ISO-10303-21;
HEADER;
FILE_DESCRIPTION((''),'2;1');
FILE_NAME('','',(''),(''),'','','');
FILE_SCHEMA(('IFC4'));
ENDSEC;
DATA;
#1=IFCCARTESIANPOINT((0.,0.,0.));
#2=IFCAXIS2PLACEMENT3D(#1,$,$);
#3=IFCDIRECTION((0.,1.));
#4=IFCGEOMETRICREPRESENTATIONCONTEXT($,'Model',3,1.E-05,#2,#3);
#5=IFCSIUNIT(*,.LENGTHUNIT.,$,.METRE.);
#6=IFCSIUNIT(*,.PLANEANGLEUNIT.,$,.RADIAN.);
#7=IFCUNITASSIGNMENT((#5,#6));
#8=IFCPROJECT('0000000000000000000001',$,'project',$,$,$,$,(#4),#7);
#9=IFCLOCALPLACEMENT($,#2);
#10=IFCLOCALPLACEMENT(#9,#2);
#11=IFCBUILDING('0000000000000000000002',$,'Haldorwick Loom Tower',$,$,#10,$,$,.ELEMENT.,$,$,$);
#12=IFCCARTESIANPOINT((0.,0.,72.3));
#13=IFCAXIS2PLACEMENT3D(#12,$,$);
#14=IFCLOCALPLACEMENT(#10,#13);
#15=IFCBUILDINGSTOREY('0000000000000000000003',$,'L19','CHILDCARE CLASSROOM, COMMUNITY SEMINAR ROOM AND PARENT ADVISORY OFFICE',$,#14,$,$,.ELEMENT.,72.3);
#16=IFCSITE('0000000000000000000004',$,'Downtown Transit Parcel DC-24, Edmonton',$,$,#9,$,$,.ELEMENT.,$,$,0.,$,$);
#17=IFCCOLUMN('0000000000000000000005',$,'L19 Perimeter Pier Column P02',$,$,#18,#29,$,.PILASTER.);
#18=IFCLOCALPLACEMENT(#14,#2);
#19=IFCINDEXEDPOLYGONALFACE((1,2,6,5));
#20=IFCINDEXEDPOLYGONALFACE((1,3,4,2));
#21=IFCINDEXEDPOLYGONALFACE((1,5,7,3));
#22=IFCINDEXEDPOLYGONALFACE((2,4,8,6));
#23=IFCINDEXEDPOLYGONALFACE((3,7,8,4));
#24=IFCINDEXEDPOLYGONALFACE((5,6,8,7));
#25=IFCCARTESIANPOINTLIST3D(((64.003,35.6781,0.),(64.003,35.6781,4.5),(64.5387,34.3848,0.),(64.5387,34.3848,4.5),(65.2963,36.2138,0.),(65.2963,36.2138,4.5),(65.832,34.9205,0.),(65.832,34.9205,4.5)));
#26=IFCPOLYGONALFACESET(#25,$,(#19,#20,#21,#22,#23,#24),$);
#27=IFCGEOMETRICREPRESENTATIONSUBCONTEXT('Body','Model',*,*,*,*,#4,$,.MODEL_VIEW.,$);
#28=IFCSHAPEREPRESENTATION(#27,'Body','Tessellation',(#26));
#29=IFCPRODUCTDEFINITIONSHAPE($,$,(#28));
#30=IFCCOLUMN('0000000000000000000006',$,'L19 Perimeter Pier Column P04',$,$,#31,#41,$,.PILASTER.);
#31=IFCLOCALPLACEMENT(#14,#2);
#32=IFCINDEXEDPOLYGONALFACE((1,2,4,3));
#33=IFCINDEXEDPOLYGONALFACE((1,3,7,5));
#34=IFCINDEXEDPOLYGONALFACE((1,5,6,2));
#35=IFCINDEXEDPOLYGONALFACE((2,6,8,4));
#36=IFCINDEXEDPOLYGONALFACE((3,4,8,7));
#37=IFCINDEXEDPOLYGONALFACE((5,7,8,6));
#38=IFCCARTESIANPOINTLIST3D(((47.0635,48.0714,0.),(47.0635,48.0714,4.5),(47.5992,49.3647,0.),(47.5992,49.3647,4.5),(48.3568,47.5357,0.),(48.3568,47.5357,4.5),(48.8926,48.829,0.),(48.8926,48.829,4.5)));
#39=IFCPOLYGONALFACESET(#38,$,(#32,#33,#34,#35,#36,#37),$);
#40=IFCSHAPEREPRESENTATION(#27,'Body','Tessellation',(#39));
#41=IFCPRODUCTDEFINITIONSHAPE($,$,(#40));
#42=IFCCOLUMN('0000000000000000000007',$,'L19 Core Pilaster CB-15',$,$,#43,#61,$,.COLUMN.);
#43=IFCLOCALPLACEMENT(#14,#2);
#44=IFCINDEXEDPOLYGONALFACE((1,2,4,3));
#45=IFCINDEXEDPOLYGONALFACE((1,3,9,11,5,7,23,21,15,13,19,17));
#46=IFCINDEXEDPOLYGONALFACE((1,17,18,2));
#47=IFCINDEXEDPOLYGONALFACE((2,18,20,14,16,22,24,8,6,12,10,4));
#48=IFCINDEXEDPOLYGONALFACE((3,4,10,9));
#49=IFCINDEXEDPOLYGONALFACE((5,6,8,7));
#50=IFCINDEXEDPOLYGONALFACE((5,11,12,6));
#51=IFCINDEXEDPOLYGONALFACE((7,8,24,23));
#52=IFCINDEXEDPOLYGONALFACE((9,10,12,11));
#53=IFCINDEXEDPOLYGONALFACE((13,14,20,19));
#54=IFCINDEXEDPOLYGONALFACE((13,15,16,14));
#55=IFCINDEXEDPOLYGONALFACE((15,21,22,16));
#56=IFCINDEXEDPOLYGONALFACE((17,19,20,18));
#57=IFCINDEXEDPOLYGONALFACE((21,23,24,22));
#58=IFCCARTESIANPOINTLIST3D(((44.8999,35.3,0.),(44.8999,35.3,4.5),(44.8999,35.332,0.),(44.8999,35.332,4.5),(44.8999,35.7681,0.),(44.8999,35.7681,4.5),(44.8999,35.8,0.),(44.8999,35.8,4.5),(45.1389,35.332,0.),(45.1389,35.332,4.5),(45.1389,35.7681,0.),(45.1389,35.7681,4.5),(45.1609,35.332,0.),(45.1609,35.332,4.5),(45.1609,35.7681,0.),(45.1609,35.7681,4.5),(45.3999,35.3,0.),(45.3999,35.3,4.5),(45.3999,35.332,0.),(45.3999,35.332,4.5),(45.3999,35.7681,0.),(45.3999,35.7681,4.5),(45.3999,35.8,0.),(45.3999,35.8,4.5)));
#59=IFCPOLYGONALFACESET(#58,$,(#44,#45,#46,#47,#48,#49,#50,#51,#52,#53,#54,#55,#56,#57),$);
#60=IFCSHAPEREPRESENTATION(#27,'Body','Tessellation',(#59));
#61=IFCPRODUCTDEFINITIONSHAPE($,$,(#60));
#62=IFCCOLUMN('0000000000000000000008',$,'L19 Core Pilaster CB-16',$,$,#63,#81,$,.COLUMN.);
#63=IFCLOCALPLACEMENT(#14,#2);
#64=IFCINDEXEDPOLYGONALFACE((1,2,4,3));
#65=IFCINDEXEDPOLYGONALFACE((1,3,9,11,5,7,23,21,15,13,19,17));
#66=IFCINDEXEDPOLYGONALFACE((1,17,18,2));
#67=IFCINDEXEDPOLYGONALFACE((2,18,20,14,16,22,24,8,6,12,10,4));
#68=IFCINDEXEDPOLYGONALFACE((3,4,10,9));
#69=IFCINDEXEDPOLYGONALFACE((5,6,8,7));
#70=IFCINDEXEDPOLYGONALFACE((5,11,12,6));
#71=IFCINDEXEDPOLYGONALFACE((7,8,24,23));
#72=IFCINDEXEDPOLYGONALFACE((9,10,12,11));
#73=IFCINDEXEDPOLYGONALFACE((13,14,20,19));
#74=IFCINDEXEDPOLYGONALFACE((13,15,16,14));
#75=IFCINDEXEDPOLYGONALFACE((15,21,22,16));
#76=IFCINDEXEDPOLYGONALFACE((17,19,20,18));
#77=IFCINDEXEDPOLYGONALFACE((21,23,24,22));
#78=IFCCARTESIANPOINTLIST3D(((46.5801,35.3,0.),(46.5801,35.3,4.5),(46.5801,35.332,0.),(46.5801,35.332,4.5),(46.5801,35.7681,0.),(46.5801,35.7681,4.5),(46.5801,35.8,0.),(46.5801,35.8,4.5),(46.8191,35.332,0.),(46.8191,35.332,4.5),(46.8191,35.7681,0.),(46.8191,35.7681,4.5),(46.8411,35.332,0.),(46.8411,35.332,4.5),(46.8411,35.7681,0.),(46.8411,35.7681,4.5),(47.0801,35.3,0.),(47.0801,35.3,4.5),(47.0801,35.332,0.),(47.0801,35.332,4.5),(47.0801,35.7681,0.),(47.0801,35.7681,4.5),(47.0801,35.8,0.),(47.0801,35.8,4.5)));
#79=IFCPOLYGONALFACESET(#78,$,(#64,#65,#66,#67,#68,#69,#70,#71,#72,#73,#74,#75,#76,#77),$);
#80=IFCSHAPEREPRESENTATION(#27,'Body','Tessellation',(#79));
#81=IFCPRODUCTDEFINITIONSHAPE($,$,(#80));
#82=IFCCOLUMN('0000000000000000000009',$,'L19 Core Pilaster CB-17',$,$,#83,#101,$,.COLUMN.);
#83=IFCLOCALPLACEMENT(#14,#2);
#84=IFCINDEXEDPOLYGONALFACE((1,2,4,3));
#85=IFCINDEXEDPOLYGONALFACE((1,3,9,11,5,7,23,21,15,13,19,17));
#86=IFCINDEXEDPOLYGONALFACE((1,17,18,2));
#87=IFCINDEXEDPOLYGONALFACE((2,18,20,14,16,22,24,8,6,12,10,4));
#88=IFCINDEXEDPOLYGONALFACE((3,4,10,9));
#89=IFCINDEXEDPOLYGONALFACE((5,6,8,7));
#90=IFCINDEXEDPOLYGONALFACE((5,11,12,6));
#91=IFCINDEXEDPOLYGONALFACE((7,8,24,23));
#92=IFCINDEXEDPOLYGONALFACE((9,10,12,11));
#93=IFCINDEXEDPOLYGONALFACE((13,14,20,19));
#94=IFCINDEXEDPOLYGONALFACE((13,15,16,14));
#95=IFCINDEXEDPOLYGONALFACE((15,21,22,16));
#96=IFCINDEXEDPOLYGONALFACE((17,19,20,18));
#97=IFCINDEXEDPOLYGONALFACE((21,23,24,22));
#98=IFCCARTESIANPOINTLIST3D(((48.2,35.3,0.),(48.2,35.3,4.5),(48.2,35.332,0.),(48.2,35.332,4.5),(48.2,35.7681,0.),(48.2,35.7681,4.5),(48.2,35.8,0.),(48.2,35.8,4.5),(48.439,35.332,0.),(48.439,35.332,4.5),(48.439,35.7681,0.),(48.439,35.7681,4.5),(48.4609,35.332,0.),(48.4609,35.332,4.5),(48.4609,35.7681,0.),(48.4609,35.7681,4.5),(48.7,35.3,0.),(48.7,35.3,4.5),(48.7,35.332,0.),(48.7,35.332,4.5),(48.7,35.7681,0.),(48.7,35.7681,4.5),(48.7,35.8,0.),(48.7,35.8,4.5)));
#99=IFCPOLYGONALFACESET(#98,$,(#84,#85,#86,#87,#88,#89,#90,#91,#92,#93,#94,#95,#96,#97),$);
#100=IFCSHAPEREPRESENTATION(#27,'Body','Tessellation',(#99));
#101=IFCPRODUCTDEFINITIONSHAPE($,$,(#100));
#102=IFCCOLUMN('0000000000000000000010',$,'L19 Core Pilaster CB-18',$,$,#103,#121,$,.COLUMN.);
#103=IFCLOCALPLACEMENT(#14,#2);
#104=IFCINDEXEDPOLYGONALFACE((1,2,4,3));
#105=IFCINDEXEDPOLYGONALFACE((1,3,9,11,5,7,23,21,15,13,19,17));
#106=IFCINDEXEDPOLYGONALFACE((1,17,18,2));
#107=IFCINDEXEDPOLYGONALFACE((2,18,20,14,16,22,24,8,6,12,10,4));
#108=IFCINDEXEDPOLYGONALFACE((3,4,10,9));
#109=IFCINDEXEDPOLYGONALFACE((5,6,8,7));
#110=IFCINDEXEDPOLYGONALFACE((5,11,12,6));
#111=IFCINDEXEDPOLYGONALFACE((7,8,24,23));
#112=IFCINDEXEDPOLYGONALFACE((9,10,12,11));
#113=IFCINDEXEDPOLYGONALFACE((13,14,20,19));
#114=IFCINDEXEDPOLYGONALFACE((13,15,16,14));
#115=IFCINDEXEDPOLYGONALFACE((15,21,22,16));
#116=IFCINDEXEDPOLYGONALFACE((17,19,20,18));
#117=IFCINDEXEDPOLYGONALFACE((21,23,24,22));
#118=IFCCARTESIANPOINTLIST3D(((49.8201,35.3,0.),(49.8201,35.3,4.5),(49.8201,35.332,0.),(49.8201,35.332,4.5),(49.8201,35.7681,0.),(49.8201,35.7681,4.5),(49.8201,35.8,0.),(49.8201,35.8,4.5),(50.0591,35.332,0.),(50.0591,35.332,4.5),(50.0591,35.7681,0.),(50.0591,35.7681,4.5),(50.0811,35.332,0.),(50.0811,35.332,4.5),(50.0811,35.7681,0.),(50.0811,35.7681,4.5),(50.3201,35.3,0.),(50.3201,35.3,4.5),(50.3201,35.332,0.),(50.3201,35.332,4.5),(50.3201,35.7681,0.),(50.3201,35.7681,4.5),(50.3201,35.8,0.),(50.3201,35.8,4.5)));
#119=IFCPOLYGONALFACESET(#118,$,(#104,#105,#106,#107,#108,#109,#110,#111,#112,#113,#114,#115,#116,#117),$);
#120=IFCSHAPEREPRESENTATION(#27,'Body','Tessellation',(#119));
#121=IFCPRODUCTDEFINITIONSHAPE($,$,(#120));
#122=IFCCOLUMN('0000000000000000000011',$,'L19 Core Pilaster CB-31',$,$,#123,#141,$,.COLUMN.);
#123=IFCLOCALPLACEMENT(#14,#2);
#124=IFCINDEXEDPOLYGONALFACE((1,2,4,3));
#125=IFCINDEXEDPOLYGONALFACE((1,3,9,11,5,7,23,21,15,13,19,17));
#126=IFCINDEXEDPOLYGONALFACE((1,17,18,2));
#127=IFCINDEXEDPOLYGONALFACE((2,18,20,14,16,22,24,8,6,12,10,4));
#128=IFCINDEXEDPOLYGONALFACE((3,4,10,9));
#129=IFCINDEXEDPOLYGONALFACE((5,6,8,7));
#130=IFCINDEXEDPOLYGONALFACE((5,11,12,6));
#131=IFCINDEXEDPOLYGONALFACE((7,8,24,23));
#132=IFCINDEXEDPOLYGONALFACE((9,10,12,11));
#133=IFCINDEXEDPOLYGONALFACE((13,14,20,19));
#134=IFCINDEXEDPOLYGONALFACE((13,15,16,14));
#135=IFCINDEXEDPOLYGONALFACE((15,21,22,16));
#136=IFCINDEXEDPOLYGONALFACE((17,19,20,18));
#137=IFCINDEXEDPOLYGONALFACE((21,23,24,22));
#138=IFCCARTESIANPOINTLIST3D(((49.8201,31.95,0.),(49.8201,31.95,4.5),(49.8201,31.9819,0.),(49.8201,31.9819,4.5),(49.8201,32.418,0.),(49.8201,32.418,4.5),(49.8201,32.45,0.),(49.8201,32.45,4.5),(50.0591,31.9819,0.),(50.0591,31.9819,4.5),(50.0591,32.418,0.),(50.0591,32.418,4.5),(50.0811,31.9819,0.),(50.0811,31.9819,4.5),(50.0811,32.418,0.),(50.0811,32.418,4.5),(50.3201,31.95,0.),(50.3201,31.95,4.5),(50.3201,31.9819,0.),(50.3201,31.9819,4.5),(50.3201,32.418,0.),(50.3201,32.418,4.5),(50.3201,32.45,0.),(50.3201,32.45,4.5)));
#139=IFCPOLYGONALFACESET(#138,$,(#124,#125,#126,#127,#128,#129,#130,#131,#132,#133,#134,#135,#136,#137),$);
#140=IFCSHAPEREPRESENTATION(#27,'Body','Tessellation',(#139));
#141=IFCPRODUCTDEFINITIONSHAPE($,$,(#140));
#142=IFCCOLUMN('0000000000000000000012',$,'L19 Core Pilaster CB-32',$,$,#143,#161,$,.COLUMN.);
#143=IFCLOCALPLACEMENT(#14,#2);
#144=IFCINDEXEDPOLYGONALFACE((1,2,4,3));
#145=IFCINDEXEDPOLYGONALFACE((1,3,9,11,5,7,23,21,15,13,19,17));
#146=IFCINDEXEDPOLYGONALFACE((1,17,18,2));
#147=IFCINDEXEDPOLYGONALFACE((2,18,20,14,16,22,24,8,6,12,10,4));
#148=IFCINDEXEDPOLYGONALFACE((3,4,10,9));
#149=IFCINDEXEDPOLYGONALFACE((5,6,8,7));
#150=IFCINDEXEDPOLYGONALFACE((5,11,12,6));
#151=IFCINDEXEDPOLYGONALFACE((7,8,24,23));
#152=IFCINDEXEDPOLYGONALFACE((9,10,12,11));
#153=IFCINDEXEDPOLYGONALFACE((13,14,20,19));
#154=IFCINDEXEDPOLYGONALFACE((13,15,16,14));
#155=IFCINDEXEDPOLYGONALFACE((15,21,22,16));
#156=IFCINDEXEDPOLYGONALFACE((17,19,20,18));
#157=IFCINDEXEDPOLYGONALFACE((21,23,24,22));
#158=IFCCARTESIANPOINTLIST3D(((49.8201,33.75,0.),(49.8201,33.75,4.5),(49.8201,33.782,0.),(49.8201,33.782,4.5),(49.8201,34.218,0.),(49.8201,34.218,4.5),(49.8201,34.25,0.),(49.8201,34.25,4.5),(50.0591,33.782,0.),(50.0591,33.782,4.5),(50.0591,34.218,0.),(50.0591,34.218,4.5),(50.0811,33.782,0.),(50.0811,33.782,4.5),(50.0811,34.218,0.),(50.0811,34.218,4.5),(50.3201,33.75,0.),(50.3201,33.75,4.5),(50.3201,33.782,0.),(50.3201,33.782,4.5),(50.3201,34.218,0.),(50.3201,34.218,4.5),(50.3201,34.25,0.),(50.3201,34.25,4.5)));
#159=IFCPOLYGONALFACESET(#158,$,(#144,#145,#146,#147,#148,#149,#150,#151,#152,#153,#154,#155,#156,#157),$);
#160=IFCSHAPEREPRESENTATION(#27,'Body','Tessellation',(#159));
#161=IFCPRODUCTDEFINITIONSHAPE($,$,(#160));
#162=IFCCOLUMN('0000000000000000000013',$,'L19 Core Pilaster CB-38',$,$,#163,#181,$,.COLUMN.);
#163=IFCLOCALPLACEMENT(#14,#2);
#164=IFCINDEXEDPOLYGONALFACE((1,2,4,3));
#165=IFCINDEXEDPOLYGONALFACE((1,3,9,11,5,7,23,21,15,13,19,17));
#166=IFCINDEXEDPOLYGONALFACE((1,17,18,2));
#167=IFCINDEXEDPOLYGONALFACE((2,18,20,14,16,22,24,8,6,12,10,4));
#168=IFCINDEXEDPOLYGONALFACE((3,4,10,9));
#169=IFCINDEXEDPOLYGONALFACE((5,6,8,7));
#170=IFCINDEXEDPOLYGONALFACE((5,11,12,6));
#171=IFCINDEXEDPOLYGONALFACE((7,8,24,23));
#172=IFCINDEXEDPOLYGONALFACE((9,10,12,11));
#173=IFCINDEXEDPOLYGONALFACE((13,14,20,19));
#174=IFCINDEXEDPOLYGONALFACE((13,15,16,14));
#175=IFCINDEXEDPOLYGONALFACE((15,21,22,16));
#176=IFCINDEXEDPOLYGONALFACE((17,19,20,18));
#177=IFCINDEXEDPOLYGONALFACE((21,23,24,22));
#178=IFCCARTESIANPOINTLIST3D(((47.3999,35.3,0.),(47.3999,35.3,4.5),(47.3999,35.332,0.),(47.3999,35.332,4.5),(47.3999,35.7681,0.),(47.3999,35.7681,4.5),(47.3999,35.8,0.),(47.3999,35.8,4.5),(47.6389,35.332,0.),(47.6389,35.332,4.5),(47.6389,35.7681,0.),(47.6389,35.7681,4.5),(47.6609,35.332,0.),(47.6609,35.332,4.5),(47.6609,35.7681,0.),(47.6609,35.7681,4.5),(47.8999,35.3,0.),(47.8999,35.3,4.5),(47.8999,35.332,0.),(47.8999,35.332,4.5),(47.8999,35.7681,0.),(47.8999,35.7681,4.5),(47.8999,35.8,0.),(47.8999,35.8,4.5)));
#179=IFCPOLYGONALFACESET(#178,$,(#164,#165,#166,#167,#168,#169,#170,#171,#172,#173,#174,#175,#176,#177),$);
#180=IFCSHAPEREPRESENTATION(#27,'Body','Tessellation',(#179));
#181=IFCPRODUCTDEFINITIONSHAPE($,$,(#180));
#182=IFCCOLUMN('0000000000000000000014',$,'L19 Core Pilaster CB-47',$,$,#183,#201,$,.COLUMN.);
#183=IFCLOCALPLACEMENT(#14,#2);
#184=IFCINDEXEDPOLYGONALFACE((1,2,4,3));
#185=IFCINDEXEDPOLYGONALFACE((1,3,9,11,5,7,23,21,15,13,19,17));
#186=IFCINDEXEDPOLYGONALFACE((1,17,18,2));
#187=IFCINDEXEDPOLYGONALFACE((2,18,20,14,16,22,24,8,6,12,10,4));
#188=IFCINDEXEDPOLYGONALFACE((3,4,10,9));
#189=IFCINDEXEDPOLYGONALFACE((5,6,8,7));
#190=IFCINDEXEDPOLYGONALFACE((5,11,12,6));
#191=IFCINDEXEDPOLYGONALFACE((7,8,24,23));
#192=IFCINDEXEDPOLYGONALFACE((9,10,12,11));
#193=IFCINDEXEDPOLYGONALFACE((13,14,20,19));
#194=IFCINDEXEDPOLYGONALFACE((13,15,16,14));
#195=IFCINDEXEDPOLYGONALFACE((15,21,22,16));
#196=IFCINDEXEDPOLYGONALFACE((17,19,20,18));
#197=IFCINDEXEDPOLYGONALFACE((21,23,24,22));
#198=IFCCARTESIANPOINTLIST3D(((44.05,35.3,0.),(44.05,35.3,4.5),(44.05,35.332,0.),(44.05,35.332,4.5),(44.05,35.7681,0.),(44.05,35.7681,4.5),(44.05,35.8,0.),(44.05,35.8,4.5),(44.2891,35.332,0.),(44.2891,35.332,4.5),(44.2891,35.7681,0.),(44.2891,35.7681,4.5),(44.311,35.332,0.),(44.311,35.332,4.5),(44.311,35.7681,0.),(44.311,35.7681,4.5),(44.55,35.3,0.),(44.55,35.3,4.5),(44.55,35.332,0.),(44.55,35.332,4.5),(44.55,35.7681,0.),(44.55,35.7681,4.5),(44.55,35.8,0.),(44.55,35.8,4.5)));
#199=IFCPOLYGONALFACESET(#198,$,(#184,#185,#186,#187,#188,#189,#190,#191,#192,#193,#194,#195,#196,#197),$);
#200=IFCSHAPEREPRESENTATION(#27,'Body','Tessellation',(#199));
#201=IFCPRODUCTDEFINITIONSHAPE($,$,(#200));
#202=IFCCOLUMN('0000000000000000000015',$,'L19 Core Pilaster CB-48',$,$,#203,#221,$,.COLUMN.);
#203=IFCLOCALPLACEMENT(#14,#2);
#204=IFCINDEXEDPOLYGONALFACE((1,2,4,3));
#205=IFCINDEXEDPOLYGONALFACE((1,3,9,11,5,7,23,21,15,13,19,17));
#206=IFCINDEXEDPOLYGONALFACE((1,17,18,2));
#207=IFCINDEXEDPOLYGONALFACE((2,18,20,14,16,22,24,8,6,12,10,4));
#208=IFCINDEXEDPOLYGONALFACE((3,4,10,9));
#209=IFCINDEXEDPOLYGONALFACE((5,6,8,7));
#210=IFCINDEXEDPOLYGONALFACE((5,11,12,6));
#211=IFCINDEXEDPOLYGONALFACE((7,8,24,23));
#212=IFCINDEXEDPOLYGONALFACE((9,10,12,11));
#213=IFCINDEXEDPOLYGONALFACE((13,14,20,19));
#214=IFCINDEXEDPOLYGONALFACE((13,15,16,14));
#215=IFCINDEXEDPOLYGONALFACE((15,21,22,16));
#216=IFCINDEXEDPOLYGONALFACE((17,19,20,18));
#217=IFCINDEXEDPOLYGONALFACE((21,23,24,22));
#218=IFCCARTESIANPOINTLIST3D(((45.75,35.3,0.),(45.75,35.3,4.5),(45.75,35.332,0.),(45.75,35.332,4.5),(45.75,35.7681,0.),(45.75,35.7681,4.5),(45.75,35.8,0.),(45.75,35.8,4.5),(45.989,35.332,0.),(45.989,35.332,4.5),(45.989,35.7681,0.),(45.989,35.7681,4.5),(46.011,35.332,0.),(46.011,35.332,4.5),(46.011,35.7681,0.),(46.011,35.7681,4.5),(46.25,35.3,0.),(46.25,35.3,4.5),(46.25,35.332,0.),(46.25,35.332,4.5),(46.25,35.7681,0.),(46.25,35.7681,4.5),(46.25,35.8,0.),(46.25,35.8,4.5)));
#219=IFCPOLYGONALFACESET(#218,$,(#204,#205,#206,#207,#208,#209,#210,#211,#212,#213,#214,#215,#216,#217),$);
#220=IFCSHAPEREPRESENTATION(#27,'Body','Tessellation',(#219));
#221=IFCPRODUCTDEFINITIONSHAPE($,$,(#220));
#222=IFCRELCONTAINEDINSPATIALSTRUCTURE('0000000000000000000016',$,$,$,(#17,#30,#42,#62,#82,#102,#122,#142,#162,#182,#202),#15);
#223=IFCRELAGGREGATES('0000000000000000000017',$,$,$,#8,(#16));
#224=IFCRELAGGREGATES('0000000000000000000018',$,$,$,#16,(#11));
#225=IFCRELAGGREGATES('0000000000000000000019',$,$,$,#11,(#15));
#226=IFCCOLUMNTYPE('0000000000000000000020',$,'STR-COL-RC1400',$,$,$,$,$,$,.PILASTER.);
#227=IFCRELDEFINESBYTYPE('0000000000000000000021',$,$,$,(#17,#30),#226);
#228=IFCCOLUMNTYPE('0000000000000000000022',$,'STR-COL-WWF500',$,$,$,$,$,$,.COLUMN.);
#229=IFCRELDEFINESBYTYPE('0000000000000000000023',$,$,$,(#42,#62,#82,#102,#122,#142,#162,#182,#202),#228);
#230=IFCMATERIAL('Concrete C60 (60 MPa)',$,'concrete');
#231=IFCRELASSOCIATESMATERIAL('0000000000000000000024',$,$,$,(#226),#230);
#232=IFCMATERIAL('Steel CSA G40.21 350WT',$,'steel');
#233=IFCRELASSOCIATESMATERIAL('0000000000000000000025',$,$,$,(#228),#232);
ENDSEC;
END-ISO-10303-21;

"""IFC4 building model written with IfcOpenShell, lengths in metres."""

from ifc_helpers import new_model, si_unit, direction, frame, origin, origin_2d, place, context, subcontext, project, spatial, rectangle, i_section, extrude, material, material_profile, profile_set, type_object, element, save


model = new_model("IFC4")

# Units and contexts
model_context = context("Model", 3, precision=1e-05, world=origin(), true_north=direction((0.0, 1.0)))
body_context = subcontext(model_context, "Body", "Model", "MODEL_VIEW")
ifc_project = project(units=[si_unit("LENGTHUNIT", "METRE"), si_unit("PLANEANGLEUNIT", "RADIAN")], contexts=[model_context])

# Site, building, storey
site_placement = place(None, origin())
site = spatial("IfcSite", under=ifc_project, at=site_placement, Name="Downtown Transit Parcel DC-24, Edmonton", CompositionType="ELEMENT", RefElevation=0.0)
building_placement = place(site_placement, origin())
building = spatial("IfcBuilding", under=site, at=building_placement, Name="Haldorwick Loom Tower", CompositionType="ELEMENT")
storey_placement = place(building_placement, frame((0.0, 0.0, 72.3)))
storey = spatial("IfcBuildingStorey", under=building, at=storey_placement, Name="L19", Description="CHILDCARE CLASSROOM, COMMUNITY SEMINAR ROOM AND PARENT ADVISORY OFFICE", CompositionType="ELEMENT", Elevation=72.3)

# Columns
ifc_material_1 = material(Name="Concrete C60 (60 MPa)", Category="concrete")
ifc_material_profile_1 = material_profile(ifc_material_1, rectangle(XDim=1.3999, YDim=1.3999, at=origin_2d()), Name="RC1400X1400", Category="concrete")
ifc_profile_set_1 = profile_set([ifc_material_profile_1], Name="Concrete C60 (60 MPa)")
column_type_1 = type_object("IfcColumnType", Name="STR-COL-RC1400", PredefinedType="PILASTER", material=ifc_profile_set_1)
for number, where, z_axis, x_axis, name in (
    (1, (64.9175, 35.2993, 0.0), (0.0, 0.0, 1.0), (0.92388, 0.382683, 0.0), "L19 Perimeter Pier Column P02"),
    (2, (47.978, 48.4502, 0.0), (0.0, 0.0, 1.0), (0.382683, 0.92388, 0.0), "L19 Perimeter Pier Column P04"),
):
    element("IfcColumn", number, at=place(storey_placement, frame(where, z_axis=z_axis, x_axis=x_axis)), inside=storey, type_object=column_type_1, Name=name, PredefinedType="PILASTER", context=body_context, shape_type="SweptSolid", body=[
        extrude(rectangle(XDim=1.3999, YDim=1.3999, at=origin_2d()), origin(), (0.0, 0.0, 1.0), 4.5),
    ])
ifc_material_2 = material(Name="Steel CSA G40.21 350WT", Category="steel")
ifc_material_profile_2 = material_profile(ifc_material_2, i_section(OverallWidth=0.5, OverallDepth=0.5, WebThickness=0.022, FlangeThickness=0.032, at=origin_2d()), Name="WWF500X500", Category="steel")
ifc_profile_set_2 = profile_set([ifc_material_profile_2], Name="Steel CSA G40.21 350WT")
column_type_2 = type_object("IfcColumnType", Name="STR-COL-WWF500", PredefinedType="COLUMN", material=ifc_profile_set_2)
for number, where, z_axis, x_axis, name in (
    (3, (45.1499, 35.55, 0.0), (0.0, 0.0, 1.0), (1.0, 0.0, 0.0), "L19 Core Pilaster CB-15"),
    (4, (46.8301, 35.55, 0.0), (0.0, 0.0, 1.0), (1.0, 0.0, 0.0), "L19 Core Pilaster CB-16"),
    (5, (48.45, 35.55, 0.0), (0.0, 0.0, 1.0), (1.0, 0.0, 0.0), "L19 Core Pilaster CB-17"),
    (6, (50.0701, 35.55, 0.0), (0.0, 0.0, 1.0), (1.0, 0.0, 0.0), "L19 Core Pilaster CB-18"),
    (7, (50.0701, 32.2, 0.0), (0.0, 0.0, 1.0), (1.0, 0.0, 0.0), "L19 Core Pilaster CB-31"),
    (8, (50.0701, 34.0, 0.0), (0.0, 0.0, 1.0), (1.0, 0.0, 0.0), "L19 Core Pilaster CB-32"),
    (9, (47.6499, 35.55, 0.0), (0.0, 0.0, 1.0), (1.0, 0.0, 0.0), "L19 Core Pilaster CB-38"),
    (10, (44.3, 35.55, 0.0), (0.0, 0.0, 1.0), (1.0, 0.0, 0.0), "L19 Core Pilaster CB-47"),
    (11, (46.0, 35.55, 0.0), (0.0, 0.0, 1.0), (1.0, 0.0, 0.0), "L19 Core Pilaster CB-48"),
):
    element("IfcColumn", number, at=place(storey_placement, frame(where, z_axis=z_axis, x_axis=x_axis)), inside=storey, type_object=column_type_2, Name=name, PredefinedType="COLUMN", context=body_context, shape_type="SweptSolid", body=[
        extrude(i_section(OverallWidth=0.5, OverallDepth=0.5, WebThickness=0.022, FlangeThickness=0.032, at=origin_2d()), origin(), (0.0, 0.0, 1.0), 4.5),
    ])

save(model, "model.ifc")
